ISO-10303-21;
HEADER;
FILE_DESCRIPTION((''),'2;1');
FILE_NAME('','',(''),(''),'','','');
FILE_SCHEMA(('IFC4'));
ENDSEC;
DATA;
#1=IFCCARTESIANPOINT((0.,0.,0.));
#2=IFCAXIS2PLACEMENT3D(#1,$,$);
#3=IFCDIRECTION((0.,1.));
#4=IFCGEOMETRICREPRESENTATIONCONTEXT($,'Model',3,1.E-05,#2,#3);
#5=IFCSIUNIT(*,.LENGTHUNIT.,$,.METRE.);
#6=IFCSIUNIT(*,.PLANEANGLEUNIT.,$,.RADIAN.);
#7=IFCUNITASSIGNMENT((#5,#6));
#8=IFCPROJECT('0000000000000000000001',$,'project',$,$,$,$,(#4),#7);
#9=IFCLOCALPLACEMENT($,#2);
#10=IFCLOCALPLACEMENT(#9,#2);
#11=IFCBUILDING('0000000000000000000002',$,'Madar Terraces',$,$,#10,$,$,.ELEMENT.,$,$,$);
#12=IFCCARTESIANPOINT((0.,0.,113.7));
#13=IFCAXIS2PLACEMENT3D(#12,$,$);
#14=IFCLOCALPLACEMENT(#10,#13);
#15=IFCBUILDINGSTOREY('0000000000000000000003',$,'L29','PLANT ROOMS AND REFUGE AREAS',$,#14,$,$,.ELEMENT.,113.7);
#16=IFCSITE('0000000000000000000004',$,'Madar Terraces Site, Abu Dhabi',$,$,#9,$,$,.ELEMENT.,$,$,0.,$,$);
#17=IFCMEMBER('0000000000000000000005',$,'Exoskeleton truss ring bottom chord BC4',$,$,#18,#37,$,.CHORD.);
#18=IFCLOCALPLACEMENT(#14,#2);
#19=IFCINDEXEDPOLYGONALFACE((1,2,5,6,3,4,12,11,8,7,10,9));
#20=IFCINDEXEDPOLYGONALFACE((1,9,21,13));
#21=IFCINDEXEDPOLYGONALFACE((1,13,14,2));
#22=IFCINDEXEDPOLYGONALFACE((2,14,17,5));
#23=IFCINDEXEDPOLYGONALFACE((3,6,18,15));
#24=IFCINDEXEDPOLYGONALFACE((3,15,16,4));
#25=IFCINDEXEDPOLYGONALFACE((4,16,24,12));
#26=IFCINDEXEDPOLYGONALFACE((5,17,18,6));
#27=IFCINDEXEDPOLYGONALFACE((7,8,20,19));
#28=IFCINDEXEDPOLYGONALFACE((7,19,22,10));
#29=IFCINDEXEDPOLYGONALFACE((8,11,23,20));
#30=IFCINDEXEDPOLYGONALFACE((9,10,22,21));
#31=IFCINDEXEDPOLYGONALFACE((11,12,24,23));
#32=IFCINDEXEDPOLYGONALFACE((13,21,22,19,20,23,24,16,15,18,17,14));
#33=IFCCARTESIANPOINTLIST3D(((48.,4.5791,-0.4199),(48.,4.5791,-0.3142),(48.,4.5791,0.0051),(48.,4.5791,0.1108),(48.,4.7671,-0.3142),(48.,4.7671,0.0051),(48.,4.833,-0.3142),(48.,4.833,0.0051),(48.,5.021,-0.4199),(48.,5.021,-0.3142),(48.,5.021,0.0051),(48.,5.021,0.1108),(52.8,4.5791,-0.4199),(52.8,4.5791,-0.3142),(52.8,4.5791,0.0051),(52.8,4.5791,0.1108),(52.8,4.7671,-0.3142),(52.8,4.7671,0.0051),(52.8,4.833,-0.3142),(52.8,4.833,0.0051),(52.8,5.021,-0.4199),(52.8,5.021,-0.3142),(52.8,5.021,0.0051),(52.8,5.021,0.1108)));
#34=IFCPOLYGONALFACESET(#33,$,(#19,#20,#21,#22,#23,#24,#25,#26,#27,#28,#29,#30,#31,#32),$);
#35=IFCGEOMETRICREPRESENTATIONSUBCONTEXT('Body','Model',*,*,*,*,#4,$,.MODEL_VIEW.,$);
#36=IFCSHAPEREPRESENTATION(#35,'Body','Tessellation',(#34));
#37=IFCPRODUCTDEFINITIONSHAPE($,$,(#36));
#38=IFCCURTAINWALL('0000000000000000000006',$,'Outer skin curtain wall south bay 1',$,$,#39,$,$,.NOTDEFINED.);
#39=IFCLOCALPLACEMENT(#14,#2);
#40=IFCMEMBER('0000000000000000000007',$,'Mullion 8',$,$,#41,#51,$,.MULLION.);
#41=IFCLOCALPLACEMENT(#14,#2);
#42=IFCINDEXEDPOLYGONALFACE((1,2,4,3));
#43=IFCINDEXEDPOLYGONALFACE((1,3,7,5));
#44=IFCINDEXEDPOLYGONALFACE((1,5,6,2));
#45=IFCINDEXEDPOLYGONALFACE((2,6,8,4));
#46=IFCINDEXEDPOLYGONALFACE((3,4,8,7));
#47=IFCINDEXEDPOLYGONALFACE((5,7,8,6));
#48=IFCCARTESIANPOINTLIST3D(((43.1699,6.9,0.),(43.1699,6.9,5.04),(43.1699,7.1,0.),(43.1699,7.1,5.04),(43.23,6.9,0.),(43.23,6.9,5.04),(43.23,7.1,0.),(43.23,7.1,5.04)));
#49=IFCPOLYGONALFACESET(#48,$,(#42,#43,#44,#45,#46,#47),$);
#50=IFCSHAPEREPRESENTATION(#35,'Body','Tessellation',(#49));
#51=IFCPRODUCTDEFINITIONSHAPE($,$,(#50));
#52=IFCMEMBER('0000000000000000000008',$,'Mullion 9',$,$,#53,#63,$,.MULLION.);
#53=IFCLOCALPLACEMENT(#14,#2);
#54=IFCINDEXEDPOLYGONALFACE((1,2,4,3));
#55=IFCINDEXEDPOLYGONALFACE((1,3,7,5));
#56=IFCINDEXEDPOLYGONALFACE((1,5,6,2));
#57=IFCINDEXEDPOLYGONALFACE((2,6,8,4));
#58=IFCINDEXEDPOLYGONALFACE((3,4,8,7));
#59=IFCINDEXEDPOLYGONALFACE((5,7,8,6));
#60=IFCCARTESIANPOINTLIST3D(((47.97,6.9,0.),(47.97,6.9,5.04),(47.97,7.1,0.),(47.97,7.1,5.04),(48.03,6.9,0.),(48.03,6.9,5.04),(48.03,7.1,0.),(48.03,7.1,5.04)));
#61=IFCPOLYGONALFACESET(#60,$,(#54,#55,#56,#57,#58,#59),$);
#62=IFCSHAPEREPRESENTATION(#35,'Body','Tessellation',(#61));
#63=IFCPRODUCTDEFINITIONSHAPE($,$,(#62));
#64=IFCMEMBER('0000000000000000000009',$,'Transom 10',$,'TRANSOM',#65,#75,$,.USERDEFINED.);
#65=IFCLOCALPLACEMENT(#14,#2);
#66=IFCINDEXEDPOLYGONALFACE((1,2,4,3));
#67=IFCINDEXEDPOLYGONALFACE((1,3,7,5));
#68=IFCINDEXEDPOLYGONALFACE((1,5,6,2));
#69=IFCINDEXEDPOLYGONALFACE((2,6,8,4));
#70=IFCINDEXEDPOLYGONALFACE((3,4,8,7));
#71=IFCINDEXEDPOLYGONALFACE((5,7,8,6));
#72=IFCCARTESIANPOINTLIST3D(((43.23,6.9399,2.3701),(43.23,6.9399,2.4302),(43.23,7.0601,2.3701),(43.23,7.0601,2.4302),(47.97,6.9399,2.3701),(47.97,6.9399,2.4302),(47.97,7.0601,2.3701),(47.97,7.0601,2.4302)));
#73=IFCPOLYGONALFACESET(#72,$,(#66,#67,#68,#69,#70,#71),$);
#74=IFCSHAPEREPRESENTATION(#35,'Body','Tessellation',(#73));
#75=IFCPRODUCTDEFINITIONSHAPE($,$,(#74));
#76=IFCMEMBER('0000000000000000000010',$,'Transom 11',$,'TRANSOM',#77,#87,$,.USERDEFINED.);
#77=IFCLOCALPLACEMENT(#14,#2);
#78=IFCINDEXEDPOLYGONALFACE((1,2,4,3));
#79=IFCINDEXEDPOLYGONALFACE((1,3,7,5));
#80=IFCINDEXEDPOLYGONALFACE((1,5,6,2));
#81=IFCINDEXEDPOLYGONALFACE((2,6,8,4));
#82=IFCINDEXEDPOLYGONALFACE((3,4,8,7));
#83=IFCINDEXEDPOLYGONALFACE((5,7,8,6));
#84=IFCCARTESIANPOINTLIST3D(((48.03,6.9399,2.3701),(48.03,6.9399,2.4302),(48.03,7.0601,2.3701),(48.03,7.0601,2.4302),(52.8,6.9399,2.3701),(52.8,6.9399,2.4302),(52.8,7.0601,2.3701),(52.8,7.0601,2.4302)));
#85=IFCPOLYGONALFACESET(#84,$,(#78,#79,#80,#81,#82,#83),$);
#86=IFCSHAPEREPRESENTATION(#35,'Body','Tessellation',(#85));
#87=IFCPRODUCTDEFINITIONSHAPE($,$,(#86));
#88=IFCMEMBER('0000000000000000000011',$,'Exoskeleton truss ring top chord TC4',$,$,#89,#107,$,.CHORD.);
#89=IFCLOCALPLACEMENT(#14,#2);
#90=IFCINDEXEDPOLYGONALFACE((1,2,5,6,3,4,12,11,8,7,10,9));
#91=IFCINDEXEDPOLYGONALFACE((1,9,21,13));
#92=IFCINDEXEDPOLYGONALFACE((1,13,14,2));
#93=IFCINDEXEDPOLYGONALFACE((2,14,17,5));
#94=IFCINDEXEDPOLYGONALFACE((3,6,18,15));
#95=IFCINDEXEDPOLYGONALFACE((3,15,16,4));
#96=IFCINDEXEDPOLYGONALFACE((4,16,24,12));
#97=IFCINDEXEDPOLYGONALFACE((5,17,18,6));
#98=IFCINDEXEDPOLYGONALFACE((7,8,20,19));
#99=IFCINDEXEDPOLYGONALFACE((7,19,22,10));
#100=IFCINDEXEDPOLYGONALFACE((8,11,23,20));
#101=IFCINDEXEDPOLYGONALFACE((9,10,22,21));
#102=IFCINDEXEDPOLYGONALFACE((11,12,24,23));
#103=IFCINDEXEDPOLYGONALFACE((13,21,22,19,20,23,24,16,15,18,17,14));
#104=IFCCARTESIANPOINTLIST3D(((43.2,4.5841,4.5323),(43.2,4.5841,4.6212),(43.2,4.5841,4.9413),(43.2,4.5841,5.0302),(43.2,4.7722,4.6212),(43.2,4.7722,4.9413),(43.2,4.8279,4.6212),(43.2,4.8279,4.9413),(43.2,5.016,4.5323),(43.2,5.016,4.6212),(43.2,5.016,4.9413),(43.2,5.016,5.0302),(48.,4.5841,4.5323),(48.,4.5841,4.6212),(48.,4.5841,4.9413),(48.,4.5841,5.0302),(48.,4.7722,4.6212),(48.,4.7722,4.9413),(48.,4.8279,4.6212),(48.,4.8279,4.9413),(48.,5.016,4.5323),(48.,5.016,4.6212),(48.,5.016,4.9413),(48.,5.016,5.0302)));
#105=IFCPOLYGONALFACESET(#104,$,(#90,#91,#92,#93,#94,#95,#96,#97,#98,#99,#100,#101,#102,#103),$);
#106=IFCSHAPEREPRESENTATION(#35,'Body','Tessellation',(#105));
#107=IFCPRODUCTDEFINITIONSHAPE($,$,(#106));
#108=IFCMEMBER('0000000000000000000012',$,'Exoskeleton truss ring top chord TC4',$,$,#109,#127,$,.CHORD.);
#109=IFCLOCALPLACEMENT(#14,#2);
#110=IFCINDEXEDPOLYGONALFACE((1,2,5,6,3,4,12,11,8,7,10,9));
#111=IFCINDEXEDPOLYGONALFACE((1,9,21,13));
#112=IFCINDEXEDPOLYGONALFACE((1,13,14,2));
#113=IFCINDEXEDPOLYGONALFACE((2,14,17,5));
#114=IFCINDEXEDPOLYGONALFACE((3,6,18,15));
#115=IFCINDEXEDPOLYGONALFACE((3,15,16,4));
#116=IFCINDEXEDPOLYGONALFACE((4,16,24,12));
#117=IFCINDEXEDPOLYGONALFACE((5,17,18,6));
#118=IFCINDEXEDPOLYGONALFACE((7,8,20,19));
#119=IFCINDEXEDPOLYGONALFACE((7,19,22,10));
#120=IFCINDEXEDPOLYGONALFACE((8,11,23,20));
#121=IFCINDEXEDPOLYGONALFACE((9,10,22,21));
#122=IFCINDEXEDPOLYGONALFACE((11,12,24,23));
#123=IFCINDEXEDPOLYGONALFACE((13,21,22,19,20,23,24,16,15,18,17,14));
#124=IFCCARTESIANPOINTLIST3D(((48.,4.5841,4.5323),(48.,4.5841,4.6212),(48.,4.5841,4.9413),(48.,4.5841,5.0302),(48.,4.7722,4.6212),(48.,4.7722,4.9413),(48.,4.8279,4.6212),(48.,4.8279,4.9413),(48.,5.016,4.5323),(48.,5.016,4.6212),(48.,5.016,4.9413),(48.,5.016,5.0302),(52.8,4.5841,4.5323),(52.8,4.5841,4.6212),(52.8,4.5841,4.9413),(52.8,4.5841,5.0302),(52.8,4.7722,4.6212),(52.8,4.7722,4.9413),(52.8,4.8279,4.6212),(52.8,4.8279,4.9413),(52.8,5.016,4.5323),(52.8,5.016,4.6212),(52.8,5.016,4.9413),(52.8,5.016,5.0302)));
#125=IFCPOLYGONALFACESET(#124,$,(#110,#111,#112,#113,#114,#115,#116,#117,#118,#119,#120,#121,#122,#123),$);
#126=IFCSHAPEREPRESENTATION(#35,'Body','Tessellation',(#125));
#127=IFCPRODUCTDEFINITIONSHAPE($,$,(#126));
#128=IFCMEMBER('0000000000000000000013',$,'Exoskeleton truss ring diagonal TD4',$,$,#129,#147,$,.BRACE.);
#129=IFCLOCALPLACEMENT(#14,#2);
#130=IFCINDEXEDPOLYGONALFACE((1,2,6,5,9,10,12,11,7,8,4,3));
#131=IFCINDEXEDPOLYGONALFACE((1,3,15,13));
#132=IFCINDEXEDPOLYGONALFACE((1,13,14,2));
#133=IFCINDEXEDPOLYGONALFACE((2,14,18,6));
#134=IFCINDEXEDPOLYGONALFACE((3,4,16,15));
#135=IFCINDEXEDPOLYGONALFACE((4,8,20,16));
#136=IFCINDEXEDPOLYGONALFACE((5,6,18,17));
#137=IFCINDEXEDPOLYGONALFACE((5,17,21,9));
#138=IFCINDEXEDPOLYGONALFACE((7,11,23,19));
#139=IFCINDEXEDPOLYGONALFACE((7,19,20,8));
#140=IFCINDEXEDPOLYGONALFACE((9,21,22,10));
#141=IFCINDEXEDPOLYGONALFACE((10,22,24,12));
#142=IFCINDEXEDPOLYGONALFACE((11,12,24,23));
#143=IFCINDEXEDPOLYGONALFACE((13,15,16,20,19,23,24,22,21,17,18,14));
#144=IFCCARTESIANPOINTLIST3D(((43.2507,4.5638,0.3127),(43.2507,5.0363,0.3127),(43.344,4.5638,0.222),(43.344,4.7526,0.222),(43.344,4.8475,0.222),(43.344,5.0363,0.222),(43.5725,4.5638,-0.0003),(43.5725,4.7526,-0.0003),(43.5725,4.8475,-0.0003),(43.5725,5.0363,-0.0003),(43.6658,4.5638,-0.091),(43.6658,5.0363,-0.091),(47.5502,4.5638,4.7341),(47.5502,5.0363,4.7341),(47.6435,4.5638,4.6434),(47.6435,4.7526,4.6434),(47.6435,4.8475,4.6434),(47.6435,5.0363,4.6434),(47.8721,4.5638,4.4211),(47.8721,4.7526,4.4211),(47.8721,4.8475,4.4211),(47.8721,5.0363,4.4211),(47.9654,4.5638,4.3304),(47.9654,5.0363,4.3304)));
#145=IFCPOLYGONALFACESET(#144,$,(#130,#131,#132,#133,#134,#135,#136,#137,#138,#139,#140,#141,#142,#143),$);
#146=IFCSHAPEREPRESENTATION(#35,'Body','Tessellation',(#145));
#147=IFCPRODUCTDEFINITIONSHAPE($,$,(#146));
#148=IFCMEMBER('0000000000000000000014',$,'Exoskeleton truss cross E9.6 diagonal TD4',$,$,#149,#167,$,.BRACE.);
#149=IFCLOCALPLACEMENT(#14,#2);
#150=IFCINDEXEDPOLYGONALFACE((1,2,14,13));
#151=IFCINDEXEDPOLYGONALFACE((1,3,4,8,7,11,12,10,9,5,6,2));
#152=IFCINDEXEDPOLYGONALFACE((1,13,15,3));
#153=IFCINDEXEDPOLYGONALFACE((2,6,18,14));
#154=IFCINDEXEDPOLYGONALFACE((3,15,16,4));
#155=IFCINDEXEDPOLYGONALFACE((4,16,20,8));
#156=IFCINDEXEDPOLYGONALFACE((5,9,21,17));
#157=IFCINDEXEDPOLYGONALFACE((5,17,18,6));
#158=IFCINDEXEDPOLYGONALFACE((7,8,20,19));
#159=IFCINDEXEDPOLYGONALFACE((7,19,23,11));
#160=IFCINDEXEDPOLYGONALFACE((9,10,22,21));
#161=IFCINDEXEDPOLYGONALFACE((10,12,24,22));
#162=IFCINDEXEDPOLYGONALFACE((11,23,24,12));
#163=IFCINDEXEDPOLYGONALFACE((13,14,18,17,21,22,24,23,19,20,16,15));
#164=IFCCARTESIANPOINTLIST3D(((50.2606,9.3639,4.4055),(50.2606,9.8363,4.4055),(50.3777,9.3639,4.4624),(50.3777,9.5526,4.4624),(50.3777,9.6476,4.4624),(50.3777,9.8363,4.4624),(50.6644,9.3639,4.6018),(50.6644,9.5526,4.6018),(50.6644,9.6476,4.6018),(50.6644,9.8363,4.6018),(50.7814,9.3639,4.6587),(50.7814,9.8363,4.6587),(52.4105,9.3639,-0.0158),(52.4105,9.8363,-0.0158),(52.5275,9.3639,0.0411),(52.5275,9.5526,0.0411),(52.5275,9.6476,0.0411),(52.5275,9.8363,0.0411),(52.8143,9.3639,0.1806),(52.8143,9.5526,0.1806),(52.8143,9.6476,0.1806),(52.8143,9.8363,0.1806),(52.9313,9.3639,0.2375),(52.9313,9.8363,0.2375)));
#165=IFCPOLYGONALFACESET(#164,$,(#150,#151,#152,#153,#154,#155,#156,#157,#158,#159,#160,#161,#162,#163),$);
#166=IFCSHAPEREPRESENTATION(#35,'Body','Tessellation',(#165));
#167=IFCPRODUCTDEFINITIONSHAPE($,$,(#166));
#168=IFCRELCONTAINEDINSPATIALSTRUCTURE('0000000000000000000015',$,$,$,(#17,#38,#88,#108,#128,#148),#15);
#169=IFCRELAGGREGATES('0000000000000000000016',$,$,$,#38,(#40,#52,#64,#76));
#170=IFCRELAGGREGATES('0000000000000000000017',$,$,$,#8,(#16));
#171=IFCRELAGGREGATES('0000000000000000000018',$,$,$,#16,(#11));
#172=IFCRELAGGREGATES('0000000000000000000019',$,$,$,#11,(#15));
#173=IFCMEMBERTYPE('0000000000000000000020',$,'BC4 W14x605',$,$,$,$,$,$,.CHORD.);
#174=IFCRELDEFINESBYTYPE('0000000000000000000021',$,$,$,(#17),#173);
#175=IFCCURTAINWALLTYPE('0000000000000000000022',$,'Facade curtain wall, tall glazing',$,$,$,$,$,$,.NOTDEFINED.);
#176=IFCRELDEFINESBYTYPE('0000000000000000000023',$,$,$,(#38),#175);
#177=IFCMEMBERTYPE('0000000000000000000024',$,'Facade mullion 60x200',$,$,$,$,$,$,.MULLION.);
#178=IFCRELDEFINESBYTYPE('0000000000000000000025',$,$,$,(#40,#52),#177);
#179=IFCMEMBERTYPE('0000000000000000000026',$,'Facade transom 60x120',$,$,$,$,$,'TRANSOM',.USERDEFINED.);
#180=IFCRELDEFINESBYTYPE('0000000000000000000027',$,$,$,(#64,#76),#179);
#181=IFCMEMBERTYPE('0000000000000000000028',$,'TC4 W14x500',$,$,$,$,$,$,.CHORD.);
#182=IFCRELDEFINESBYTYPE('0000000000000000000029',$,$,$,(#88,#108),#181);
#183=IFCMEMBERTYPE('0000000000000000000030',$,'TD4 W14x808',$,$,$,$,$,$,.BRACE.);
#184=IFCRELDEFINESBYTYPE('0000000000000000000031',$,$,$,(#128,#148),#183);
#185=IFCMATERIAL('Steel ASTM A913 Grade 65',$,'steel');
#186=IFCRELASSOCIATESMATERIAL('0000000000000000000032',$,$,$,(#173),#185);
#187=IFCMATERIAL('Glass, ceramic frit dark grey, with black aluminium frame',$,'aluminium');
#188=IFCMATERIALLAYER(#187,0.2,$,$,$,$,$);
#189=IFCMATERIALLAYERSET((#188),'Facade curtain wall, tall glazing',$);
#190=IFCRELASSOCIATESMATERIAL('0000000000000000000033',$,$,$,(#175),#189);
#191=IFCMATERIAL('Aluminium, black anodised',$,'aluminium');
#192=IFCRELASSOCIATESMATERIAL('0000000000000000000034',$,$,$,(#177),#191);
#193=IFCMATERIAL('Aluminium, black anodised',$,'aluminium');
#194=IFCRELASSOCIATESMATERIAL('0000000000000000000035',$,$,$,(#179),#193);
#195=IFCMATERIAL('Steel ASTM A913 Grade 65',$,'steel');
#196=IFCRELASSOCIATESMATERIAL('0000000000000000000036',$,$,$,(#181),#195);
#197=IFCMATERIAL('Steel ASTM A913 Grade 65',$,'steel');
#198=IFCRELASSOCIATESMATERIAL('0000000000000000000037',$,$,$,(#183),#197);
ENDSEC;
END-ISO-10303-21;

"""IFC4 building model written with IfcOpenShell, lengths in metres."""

from ifc_helpers import new_model, si_unit, direction, frame, origin, origin_2d, place, context, subcontext, project, spatial, rectangle, i_section, extrude, material, layer, layer_set, material_profile, profile_set, type_object, element, aggregate, save


model = new_model("IFC4")

# Units and contexts
model_context = context("Model", 3, precision=1e-05, world=origin(), true_north=direction((0.0, 1.0)))
body_context = subcontext(model_context, "Body", "Model", "MODEL_VIEW")
ifc_project = project(units=[si_unit("LENGTHUNIT", "METRE"), si_unit("PLANEANGLEUNIT", "RADIAN")], contexts=[model_context])

# Site, building, storey
site_placement = place(None, origin())
site = spatial("IfcSite", under=ifc_project, at=site_placement, Name="Madar Terraces Site, Abu Dhabi", CompositionType="ELEMENT", RefElevation=0.0)
building_placement = place(site_placement, origin())
building = spatial("IfcBuilding", under=site, at=building_placement, Name="Madar Terraces", CompositionType="ELEMENT")
storey_placement = place(building_placement, frame((0.0, 0.0, 113.7)))
storey = spatial("IfcBuildingStorey", under=building, at=storey_placement, Name="L29", Description="PLANT ROOMS AND REFUGE AREAS", CompositionType="ELEMENT", Elevation=113.7)

# Member
ifc_material_1 = material(Name="Steel ASTM A913 Grade 65", Category="steel")
ifc_material_profile_1 = material_profile(ifc_material_1, i_section(OverallWidth=0.4419, OverallDepth=0.5308, WebThickness=0.0659, FlangeThickness=0.1057, at=origin_2d()), Name="W14x605")
ifc_profile_set_1 = profile_set([ifc_material_profile_1], Name="Steel ASTM A913 Grade 65")
member_type_1 = type_object("IfcMemberType", Name="BC4 W14x605", PredefinedType="CHORD", material=ifc_profile_set_1)
member_1_placement = place(storey_placement, frame((48.0, 4.8, -0.1545), z_axis=(1.0, 0.0, 0.0), x_axis=(0.0, 1.0, 0.0)))
element("IfcMember", 1, at=member_1_placement, inside=storey, type_object=member_type_1, Name="Exoskeleton truss ring bottom chord BC4", PredefinedType="CHORD", context=body_context, shape_type="SweptSolid", body=[
    extrude(i_section(OverallWidth=0.4419, OverallDepth=0.5308, WebThickness=0.0659, FlangeThickness=0.1057, at=origin_2d()), origin(), (0.0, 0.0, 1.0), 4.8),
])

# Curtain wall, members
ifc_material_2 = material(Name="Glass, ceramic frit dark grey, with black aluminium frame", Category="aluminium")
ifc_layer_1 = layer(ifc_material_2, 0.2)
ifc_layer_set_1 = layer_set([ifc_layer_1], Name="Facade curtain wall, tall glazing")
curtain_wall_type = type_object("IfcCurtainWallType", Name="Facade curtain wall, tall glazing", PredefinedType="NOTDEFINED", material=ifc_layer_set_1)
curtain_wall_placement = place(storey_placement, origin())
curtain_wall = element("IfcCurtainWall", 2, at=curtain_wall_placement, inside=storey, type_object=curtain_wall_type, Name="Outer skin curtain wall south bay 1", PredefinedType="NOTDEFINED")
ifc_material_3 = material(Name="Aluminium, black anodised", Category="aluminium")
ifc_material_profile_2 = material_profile(ifc_material_3, rectangle(XDim=0.2, YDim=0.0601, at=origin_2d()), Name="Facade mullion 60x200")
ifc_profile_set_2 = profile_set([ifc_material_profile_2], Name="Aluminium, black anodised")
member_type_2 = type_object("IfcMemberType", Name="Facade mullion 60x200", PredefinedType="MULLION", material=ifc_profile_set_2)
member_2_placement = place(storey_placement, frame((43.2, 7.0, 0.0), z_axis=(0.0, 0.0, 1.0), x_axis=(0.0, 1.0, 0.0)))
member_2 = element("IfcMember", 3, at=member_2_placement, type_object=member_type_2, Name="Mullion 8", PredefinedType="MULLION", context=body_context, shape_type="SweptSolid", body=[
    extrude(rectangle(XDim=0.2, YDim=0.0601, at=origin_2d()), origin(), (0.0, 0.0, 1.0), 5.04),
])
member_3_placement = place(storey_placement, frame((48.0, 7.0, 0.0), z_axis=(0.0, 0.0, 1.0), x_axis=(0.0, 1.0, 0.0)))
member_3 = element("IfcMember", 4, at=member_3_placement, type_object=member_type_2, Name="Mullion 9", PredefinedType="MULLION", context=body_context, shape_type="SweptSolid", body=[
    extrude(rectangle(XDim=0.2, YDim=0.0601, at=origin_2d()), origin(), (0.0, 0.0, 1.0), 5.04),
])
ifc_material_4 = material(Name="Aluminium, black anodised", Category="aluminium")
ifc_material_profile_3 = material_profile(ifc_material_4, rectangle(XDim=0.1201, YDim=0.0601, at=origin_2d()), Name="Facade transom 60x120")
ifc_profile_set_3 = profile_set([ifc_material_profile_3], Name="Aluminium, black anodised")
member_type_3 = type_object("IfcMemberType", Name="Facade transom 60x120", ElementType="TRANSOM", PredefinedType="USERDEFINED", material=ifc_profile_set_3)
member_4_placement = place(storey_placement, frame((43.23, 7.0, 2.4001), z_axis=(1.0, 0.0, 0.0), x_axis=(0.0, 1.0, 0.0)))
member_4 = element("IfcMember", 5, at=member_4_placement, type_object=member_type_3, Name="Transom 10", ObjectType="TRANSOM", PredefinedType="USERDEFINED", context=body_context, shape_type="SweptSolid", body=[
    extrude(rectangle(XDim=0.1201, YDim=0.0601, at=origin_2d()), origin(), (0.0, 0.0, 1.0), 4.74),
])
member_5_placement = place(storey_placement, frame((48.03, 7.0, 2.4001), z_axis=(1.0, 0.0, 0.0), x_axis=(0.0, 1.0, 0.0)))
member_5 = element("IfcMember", 6, at=member_5_placement, type_object=member_type_3, Name="Transom 11", ObjectType="TRANSOM", PredefinedType="USERDEFINED", context=body_context, shape_type="SweptSolid", body=[
    extrude(rectangle(XDim=0.1201, YDim=0.0601, at=origin_2d()), origin(), (0.0, 0.0, 1.0), 4.77),
])

# Members
ifc_material_5 = material(Name="Steel ASTM A913 Grade 65", Category="steel")
ifc_material_profile_4 = material_profile(ifc_material_5, i_section(OverallWidth=0.4319, OverallDepth=0.4978, WebThickness=0.0557, FlangeThickness=0.0889, at=origin_2d()), Name="W14x500")
ifc_profile_set_4 = profile_set([ifc_material_profile_4], Name="Steel ASTM A913 Grade 65")
member_type_4 = type_object("IfcMemberType", Name="TC4 W14x500", PredefinedType="CHORD", material=ifc_profile_set_4)
for number, where, z_axis, x_axis, name in (
    (7, (43.2, 4.8, 4.7812), (1.0, 0.0, 0.0), (0.0, 1.0, 0.0), "Exoskeleton truss ring top chord TC4"),
    (8, (48.0, 4.8, 4.7812), (1.0, 0.0, 0.0), (0.0, 1.0, 0.0), "Exoskeleton truss ring top chord TC4"),
):
    element("IfcMember", number, at=place(storey_placement, frame(where, z_axis=z_axis, x_axis=x_axis)), inside=storey, type_object=member_type_4, Name=name, PredefinedType="CHORD", context=body_context, shape_type="SweptSolid", body=[
        extrude(i_section(OverallWidth=0.4319, OverallDepth=0.4978, WebThickness=0.0557, FlangeThickness=0.0889, at=origin_2d()), origin(), (0.0, 0.0, 1.0), 4.8),
    ])
ifc_material_6 = material(Name="Steel ASTM A913 Grade 65", Category="steel")
ifc_material_profile_5 = material_profile(ifc_material_6, i_section(OverallWidth=0.4724, OverallDepth=0.5791, WebThickness=0.095, FlangeThickness=0.1301, at=origin_2d()), Name="W14x808")
ifc_profile_set_5 = profile_set([ifc_material_profile_5], Name="Steel ASTM A913 Grade 65")
member_type_5 = type_object("IfcMemberType", Name="TD4 W14x808", PredefinedType="BRACE", material=ifc_profile_set_5)
member_6_placement = place(storey_placement, frame((43.4583, 4.8, 0.1108), z_axis=(0.697161, 0.0, 0.716915), x_axis=(0.0, 1.0, 0.0)))
element("IfcMember", 9, at=member_6_placement, inside=storey, type_object=member_type_5, Name="Exoskeleton truss ring diagonal TD4", PredefinedType="BRACE", context=body_context, shape_type="SweptSolid", body=[
    extrude(i_section(OverallWidth=0.4724, OverallDepth=0.5791, WebThickness=0.095, FlangeThickness=0.1301, at=origin_2d()), origin(), (0.0, 0.0, 1.0), 6.1672),
])
member_7_placement = place(storey_placement, frame((52.6709, 9.6001, 0.1108), z_axis=(-0.437294, 0.0, 0.899318), x_axis=(0.0, -1.0, 0.0)))
element("IfcMember", 10, at=member_7_placement, inside=storey, type_object=member_type_5, Name="Exoskeleton truss cross E9.6 diagonal TD4", PredefinedType="BRACE", context=body_context, shape_type="SweptSolid", body=[
    extrude(i_section(OverallWidth=0.4724, OverallDepth=0.5791, WebThickness=0.095, FlangeThickness=0.1301, at=origin_2d()), origin(), (0.0, 0.0, 1.0), 4.9163),
])

aggregate(curtain_wall, [member_2, member_3, member_4, member_5])

save(model, "model.ifc")
